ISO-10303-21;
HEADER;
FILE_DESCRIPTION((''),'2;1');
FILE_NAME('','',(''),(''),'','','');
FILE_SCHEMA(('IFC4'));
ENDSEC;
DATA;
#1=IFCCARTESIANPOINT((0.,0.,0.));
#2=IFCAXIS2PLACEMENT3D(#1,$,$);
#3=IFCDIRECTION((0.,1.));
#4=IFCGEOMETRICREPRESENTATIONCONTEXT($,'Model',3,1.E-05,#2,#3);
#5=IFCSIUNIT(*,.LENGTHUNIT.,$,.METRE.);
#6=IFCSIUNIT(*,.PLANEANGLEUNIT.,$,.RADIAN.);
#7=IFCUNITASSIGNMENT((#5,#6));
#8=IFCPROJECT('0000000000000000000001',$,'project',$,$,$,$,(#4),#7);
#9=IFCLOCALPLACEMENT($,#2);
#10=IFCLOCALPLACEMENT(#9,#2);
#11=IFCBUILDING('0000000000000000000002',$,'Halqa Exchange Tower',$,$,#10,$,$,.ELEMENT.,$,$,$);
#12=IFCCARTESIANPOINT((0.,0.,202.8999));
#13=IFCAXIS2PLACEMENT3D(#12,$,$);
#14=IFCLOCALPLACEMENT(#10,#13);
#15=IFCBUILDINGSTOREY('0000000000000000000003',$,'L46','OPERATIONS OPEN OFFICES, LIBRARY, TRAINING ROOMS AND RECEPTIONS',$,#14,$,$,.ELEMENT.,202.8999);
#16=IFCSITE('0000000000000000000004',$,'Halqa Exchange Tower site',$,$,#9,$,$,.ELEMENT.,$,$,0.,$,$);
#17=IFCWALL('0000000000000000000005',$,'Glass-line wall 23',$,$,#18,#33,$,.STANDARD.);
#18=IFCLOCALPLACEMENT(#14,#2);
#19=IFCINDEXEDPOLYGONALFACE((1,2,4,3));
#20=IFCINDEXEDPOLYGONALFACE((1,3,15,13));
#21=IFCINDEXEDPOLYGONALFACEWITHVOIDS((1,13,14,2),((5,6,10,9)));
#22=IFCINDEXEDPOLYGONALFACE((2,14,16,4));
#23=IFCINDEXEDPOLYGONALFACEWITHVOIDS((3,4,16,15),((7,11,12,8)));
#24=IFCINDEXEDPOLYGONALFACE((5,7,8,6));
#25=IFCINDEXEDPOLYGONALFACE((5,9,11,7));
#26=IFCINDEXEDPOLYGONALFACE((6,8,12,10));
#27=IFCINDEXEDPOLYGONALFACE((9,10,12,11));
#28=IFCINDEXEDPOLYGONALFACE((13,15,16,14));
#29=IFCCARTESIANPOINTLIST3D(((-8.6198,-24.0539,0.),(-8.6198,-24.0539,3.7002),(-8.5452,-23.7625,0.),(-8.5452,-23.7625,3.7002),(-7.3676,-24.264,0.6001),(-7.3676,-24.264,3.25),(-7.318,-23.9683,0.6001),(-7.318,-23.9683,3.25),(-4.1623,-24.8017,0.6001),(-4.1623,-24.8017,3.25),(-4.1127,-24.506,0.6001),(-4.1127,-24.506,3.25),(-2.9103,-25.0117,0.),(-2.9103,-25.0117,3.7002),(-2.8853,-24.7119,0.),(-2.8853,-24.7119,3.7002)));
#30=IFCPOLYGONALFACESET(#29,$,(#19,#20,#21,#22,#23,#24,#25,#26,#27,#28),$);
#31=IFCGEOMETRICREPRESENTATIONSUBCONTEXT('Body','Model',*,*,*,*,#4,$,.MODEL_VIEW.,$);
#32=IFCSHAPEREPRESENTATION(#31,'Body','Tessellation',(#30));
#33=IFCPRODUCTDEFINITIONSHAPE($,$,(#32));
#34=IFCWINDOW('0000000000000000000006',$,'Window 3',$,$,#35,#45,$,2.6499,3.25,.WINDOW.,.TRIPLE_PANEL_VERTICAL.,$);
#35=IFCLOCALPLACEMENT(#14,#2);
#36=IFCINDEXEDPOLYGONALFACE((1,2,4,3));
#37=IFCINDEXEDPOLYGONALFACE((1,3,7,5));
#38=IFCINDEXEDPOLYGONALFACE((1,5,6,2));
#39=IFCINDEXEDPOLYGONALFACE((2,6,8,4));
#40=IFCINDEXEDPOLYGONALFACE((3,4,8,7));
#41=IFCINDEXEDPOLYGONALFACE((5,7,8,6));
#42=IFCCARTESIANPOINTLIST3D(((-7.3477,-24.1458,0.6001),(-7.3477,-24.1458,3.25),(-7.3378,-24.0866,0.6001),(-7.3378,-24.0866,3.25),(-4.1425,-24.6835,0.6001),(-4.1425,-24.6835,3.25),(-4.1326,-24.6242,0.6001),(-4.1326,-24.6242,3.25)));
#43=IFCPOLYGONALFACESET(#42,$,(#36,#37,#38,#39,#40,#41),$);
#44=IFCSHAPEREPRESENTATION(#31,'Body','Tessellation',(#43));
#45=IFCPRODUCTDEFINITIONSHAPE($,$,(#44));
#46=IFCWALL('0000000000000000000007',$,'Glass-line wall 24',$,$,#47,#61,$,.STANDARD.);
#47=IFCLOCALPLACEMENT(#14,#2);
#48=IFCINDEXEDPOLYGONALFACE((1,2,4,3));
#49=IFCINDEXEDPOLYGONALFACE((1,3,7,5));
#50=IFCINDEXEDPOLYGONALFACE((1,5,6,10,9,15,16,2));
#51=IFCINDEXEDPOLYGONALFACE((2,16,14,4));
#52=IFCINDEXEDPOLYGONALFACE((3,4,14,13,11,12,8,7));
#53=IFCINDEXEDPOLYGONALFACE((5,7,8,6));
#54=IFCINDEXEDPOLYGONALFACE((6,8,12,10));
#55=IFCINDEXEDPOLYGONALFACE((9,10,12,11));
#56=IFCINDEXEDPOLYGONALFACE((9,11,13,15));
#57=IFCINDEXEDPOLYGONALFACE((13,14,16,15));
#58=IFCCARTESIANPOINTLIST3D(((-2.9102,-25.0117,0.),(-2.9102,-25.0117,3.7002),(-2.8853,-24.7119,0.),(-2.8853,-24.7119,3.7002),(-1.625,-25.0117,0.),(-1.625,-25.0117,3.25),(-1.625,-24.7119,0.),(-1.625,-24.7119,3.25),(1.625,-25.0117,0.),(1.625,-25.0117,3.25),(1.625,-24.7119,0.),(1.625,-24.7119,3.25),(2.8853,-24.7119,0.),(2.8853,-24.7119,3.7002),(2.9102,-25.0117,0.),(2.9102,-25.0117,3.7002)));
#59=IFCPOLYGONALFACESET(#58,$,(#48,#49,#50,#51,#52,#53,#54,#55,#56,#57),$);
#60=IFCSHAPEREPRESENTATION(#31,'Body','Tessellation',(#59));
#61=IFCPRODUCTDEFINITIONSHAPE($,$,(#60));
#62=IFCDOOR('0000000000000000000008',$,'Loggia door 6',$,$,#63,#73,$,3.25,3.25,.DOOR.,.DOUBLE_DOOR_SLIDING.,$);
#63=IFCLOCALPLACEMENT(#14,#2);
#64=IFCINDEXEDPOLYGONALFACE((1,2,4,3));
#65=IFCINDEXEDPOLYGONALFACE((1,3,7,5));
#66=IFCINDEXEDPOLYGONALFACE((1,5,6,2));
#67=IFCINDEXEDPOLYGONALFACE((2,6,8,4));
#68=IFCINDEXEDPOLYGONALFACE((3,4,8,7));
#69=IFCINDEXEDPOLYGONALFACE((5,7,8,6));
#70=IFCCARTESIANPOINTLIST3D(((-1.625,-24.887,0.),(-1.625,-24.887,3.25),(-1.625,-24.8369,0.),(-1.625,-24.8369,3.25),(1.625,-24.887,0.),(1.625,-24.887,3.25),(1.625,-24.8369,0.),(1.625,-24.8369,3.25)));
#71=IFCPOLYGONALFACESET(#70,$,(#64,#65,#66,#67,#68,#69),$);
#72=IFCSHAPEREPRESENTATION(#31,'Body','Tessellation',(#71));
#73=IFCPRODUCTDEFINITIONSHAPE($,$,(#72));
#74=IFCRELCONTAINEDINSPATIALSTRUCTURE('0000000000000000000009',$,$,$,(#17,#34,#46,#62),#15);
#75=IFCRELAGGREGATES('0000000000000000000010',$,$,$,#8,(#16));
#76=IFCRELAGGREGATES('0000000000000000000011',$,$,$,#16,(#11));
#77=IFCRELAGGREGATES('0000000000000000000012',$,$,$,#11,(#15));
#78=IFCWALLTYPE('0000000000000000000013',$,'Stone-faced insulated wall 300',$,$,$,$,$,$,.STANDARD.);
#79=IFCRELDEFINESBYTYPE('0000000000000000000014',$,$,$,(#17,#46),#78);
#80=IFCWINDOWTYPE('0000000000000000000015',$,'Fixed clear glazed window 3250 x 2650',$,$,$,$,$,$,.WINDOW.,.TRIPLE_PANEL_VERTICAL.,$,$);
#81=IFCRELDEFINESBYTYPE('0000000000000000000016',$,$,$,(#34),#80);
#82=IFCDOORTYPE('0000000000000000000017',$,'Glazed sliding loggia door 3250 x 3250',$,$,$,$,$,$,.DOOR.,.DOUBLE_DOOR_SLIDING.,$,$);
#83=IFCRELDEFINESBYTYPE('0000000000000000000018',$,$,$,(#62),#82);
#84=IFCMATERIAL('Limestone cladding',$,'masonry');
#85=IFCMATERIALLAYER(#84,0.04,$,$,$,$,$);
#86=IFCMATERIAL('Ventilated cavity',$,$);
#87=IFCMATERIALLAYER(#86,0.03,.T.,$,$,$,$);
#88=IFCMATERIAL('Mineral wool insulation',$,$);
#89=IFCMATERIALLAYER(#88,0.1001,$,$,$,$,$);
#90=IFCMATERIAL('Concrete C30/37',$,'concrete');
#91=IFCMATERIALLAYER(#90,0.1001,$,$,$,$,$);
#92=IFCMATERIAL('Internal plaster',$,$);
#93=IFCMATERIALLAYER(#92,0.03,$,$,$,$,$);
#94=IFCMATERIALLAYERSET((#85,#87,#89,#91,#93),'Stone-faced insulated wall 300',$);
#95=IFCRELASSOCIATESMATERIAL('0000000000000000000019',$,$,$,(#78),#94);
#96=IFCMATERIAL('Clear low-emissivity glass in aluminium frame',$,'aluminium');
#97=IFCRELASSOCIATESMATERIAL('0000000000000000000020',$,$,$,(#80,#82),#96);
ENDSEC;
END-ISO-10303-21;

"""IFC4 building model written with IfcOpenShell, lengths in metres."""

from ifc_helpers import new_model, si_unit, direction, frame, frame_2d, origin, place, context, subcontext, project, spatial, polyline, rectangle, outline, extrude, material, layer, layer_set, type_object, element, fill, save


model = new_model("IFC4")

# Units and contexts
model_context = context("Model", 3, precision=1e-05, world=origin(), true_north=direction((0.0, 1.0)))
body_context = subcontext(model_context, "Body", "Model", "MODEL_VIEW")
ifc_project = project(units=[si_unit("LENGTHUNIT", "METRE"), si_unit("PLANEANGLEUNIT", "RADIAN")], contexts=[model_context])

# Site, building, storey
site_placement = place(None, origin())
site = spatial("IfcSite", under=ifc_project, at=site_placement, Name="Halqa Exchange Tower site", CompositionType="ELEMENT", RefElevation=0.0)
building_placement = place(site_placement, origin())
building = spatial("IfcBuilding", under=site, at=building_placement, Name="Halqa Exchange Tower", CompositionType="ELEMENT")
storey_placement = place(building_placement, frame((0.0, 0.0, 202.8999)))
storey = spatial("IfcBuildingStorey", under=building, at=storey_placement, Name="L46", Description="OPERATIONS OPEN OFFICES, LIBRARY, TRAINING ROOMS AND RECEPTIONS", CompositionType="ELEMENT", Elevation=202.8999)

# Shared definitions
ifc_material_1 = material(Name="Concrete C30/37", Category="concrete")

# Wall, opening, window
ifc_material_2 = material(Name="Limestone cladding", Category="masonry")
ifc_layer_1 = layer(ifc_material_2, 0.04)
ifc_material_3 = material(Name="Ventilated cavity")
ifc_layer_2 = layer(ifc_material_3, 0.03, ventilated=True)
ifc_material_4 = material(Name="Mineral wool insulation")
ifc_layer_3 = layer(ifc_material_4, 0.1001)
ifc_layer_4 = layer(ifc_material_1, 0.1001)
ifc_material_5 = material(Name="Internal plaster")
ifc_layer_5 = layer(ifc_material_5, 0.03)
ifc_layer_set_1 = layer_set([ifc_layer_1, ifc_layer_2, ifc_layer_3, ifc_layer_4, ifc_layer_5], Name="Stone-faced insulated wall 300")
wall_type_1 = type_object("IfcWallType", Name="Stone-faced insulated wall 300", PredefinedType="STANDARD", material=ifc_layer_set_1)
wall_1_placement = place(storey_placement, frame((-8.5825, -23.9082, 0.0), z_axis=(0.0, 0.0, 1.0), x_axis=(0.986221, -0.165436, 0.0)))
wall_1 = element("IfcWall", 1, at=wall_1_placement, inside=storey, type_object=wall_type_1, Name="Glass-line wall 23", PredefinedType="STANDARD", context=body_context, shape_type="SweptSolid", body=[
    extrude(outline(polyline([(-0.0127, -0.1499), (5.7766, -0.1499), (5.7517, 0.1499), (0.0127, 0.1499), (-0.0127, -0.1499)])), origin(), (0.0, 0.0, 1.0), 3.7002),
])
opening_1_placement = place(wall_1_placement, frame((1.2571, 0.0, 0.6001)))
opening_1 = element("IfcOpeningElement", 2, at=opening_1_placement, cuts=wall_1, PredefinedType="OPENING", context=body_context, shape_type="SweptSolid", body=[
    extrude(rectangle(XDim=3.25, YDim=2.6499, at=frame_2d((1.625, 1.325))), frame((0.0, 0.1621, 0.0), z_axis=(0.0, -1.0, 0.0), x_axis=(1.0, 0.0, 0.0)), (0.0, 0.0, 1.0), 0.324),
])
ifc_material_6 = material(Name="Clear low-emissivity glass in aluminium frame", Category="aluminium")
window_type = type_object("IfcWindowType", Name="Fixed clear glazed window 3250 x 2650", PartitioningType="TRIPLE_PANEL_VERTICAL", PredefinedType="WINDOW", material=ifc_material_6)
window_placement = place(opening_1_placement, origin())
window = element("IfcWindow", 3, at=window_placement, inside=storey, type_object=window_type, Name="Window 3", OverallHeight=2.6499, OverallWidth=3.25, PartitioningType="TRIPLE_PANEL_VERTICAL", PredefinedType="WINDOW", context=body_context, shape_type="SweptSolid", body=[
    extrude(rectangle(XDim=3.25, YDim=2.6499, at=frame_2d((1.625, 1.325))), frame((0.0, 0.03, 0.0), z_axis=(0.0, -1.0, 0.0), x_axis=(1.0, 0.0, 0.0)), (0.0, 0.0, 1.0), 0.0601),
])
fill(opening_1, window)

# Wall, opening, door
wall_2_placement = place(storey_placement, frame((-2.8977, -24.8618, 0.0), z_axis=(0.0, 0.0, 1.0), x_axis=(1.0, 0.0, 0.0)))
wall_2 = element("IfcWall", 4, at=wall_2_placement, inside=storey, type_object=wall_type_1, Name="Glass-line wall 24", PredefinedType="STANDARD", context=body_context, shape_type="SweptSolid", body=[
    extrude(outline(polyline([(-0.0125, -0.1499), (5.8079, -0.1499), (5.783, 0.1499), (0.0125, 0.1499), (-0.0125, -0.1499)])), origin(), (0.0, 0.0, 1.0), 3.7002),
])
opening_2_placement = place(wall_2_placement, frame((1.2727, 0.0, 0.0)))
opening_2 = element("IfcOpeningElement", 5, at=opening_2_placement, cuts=wall_2, PredefinedType="OPENING", context=body_context, shape_type="SweptSolid", body=[
    extrude(rectangle(XDim=3.25, YDim=3.25, at=frame_2d((1.625, 1.625))), frame((0.0, 0.1621, 0.0), z_axis=(0.0, -1.0, 0.0), x_axis=(1.0, 0.0, 0.0)), (0.0, 0.0, 1.0), 0.324),
])
door_type_1 = type_object("IfcDoorType", Name="Glazed sliding loggia door 3250 x 3250", OperationType="DOUBLE_DOOR_SLIDING", PredefinedType="DOOR", material=ifc_material_6)
door_1_placement = place(opening_2_placement, origin())
door_1 = element("IfcDoor", 6, at=door_1_placement, inside=storey, type_object=door_type_1, Name="Loggia door 6", OperationType="DOUBLE_DOOR_SLIDING", OverallHeight=3.25, OverallWidth=3.25, PredefinedType="DOOR", context=body_context, shape_type="SweptSolid", body=[
    extrude(rectangle(XDim=3.25, YDim=3.25, at=frame_2d((1.625, 1.625))), frame((0.0, 0.0249, 0.0), z_axis=(0.0, -1.0, 0.0), x_axis=(1.0, 0.0, 0.0)), (0.0, 0.0, 1.0), 0.05),
])
fill(opening_2, door_1)

save(model, "model.ifc")
